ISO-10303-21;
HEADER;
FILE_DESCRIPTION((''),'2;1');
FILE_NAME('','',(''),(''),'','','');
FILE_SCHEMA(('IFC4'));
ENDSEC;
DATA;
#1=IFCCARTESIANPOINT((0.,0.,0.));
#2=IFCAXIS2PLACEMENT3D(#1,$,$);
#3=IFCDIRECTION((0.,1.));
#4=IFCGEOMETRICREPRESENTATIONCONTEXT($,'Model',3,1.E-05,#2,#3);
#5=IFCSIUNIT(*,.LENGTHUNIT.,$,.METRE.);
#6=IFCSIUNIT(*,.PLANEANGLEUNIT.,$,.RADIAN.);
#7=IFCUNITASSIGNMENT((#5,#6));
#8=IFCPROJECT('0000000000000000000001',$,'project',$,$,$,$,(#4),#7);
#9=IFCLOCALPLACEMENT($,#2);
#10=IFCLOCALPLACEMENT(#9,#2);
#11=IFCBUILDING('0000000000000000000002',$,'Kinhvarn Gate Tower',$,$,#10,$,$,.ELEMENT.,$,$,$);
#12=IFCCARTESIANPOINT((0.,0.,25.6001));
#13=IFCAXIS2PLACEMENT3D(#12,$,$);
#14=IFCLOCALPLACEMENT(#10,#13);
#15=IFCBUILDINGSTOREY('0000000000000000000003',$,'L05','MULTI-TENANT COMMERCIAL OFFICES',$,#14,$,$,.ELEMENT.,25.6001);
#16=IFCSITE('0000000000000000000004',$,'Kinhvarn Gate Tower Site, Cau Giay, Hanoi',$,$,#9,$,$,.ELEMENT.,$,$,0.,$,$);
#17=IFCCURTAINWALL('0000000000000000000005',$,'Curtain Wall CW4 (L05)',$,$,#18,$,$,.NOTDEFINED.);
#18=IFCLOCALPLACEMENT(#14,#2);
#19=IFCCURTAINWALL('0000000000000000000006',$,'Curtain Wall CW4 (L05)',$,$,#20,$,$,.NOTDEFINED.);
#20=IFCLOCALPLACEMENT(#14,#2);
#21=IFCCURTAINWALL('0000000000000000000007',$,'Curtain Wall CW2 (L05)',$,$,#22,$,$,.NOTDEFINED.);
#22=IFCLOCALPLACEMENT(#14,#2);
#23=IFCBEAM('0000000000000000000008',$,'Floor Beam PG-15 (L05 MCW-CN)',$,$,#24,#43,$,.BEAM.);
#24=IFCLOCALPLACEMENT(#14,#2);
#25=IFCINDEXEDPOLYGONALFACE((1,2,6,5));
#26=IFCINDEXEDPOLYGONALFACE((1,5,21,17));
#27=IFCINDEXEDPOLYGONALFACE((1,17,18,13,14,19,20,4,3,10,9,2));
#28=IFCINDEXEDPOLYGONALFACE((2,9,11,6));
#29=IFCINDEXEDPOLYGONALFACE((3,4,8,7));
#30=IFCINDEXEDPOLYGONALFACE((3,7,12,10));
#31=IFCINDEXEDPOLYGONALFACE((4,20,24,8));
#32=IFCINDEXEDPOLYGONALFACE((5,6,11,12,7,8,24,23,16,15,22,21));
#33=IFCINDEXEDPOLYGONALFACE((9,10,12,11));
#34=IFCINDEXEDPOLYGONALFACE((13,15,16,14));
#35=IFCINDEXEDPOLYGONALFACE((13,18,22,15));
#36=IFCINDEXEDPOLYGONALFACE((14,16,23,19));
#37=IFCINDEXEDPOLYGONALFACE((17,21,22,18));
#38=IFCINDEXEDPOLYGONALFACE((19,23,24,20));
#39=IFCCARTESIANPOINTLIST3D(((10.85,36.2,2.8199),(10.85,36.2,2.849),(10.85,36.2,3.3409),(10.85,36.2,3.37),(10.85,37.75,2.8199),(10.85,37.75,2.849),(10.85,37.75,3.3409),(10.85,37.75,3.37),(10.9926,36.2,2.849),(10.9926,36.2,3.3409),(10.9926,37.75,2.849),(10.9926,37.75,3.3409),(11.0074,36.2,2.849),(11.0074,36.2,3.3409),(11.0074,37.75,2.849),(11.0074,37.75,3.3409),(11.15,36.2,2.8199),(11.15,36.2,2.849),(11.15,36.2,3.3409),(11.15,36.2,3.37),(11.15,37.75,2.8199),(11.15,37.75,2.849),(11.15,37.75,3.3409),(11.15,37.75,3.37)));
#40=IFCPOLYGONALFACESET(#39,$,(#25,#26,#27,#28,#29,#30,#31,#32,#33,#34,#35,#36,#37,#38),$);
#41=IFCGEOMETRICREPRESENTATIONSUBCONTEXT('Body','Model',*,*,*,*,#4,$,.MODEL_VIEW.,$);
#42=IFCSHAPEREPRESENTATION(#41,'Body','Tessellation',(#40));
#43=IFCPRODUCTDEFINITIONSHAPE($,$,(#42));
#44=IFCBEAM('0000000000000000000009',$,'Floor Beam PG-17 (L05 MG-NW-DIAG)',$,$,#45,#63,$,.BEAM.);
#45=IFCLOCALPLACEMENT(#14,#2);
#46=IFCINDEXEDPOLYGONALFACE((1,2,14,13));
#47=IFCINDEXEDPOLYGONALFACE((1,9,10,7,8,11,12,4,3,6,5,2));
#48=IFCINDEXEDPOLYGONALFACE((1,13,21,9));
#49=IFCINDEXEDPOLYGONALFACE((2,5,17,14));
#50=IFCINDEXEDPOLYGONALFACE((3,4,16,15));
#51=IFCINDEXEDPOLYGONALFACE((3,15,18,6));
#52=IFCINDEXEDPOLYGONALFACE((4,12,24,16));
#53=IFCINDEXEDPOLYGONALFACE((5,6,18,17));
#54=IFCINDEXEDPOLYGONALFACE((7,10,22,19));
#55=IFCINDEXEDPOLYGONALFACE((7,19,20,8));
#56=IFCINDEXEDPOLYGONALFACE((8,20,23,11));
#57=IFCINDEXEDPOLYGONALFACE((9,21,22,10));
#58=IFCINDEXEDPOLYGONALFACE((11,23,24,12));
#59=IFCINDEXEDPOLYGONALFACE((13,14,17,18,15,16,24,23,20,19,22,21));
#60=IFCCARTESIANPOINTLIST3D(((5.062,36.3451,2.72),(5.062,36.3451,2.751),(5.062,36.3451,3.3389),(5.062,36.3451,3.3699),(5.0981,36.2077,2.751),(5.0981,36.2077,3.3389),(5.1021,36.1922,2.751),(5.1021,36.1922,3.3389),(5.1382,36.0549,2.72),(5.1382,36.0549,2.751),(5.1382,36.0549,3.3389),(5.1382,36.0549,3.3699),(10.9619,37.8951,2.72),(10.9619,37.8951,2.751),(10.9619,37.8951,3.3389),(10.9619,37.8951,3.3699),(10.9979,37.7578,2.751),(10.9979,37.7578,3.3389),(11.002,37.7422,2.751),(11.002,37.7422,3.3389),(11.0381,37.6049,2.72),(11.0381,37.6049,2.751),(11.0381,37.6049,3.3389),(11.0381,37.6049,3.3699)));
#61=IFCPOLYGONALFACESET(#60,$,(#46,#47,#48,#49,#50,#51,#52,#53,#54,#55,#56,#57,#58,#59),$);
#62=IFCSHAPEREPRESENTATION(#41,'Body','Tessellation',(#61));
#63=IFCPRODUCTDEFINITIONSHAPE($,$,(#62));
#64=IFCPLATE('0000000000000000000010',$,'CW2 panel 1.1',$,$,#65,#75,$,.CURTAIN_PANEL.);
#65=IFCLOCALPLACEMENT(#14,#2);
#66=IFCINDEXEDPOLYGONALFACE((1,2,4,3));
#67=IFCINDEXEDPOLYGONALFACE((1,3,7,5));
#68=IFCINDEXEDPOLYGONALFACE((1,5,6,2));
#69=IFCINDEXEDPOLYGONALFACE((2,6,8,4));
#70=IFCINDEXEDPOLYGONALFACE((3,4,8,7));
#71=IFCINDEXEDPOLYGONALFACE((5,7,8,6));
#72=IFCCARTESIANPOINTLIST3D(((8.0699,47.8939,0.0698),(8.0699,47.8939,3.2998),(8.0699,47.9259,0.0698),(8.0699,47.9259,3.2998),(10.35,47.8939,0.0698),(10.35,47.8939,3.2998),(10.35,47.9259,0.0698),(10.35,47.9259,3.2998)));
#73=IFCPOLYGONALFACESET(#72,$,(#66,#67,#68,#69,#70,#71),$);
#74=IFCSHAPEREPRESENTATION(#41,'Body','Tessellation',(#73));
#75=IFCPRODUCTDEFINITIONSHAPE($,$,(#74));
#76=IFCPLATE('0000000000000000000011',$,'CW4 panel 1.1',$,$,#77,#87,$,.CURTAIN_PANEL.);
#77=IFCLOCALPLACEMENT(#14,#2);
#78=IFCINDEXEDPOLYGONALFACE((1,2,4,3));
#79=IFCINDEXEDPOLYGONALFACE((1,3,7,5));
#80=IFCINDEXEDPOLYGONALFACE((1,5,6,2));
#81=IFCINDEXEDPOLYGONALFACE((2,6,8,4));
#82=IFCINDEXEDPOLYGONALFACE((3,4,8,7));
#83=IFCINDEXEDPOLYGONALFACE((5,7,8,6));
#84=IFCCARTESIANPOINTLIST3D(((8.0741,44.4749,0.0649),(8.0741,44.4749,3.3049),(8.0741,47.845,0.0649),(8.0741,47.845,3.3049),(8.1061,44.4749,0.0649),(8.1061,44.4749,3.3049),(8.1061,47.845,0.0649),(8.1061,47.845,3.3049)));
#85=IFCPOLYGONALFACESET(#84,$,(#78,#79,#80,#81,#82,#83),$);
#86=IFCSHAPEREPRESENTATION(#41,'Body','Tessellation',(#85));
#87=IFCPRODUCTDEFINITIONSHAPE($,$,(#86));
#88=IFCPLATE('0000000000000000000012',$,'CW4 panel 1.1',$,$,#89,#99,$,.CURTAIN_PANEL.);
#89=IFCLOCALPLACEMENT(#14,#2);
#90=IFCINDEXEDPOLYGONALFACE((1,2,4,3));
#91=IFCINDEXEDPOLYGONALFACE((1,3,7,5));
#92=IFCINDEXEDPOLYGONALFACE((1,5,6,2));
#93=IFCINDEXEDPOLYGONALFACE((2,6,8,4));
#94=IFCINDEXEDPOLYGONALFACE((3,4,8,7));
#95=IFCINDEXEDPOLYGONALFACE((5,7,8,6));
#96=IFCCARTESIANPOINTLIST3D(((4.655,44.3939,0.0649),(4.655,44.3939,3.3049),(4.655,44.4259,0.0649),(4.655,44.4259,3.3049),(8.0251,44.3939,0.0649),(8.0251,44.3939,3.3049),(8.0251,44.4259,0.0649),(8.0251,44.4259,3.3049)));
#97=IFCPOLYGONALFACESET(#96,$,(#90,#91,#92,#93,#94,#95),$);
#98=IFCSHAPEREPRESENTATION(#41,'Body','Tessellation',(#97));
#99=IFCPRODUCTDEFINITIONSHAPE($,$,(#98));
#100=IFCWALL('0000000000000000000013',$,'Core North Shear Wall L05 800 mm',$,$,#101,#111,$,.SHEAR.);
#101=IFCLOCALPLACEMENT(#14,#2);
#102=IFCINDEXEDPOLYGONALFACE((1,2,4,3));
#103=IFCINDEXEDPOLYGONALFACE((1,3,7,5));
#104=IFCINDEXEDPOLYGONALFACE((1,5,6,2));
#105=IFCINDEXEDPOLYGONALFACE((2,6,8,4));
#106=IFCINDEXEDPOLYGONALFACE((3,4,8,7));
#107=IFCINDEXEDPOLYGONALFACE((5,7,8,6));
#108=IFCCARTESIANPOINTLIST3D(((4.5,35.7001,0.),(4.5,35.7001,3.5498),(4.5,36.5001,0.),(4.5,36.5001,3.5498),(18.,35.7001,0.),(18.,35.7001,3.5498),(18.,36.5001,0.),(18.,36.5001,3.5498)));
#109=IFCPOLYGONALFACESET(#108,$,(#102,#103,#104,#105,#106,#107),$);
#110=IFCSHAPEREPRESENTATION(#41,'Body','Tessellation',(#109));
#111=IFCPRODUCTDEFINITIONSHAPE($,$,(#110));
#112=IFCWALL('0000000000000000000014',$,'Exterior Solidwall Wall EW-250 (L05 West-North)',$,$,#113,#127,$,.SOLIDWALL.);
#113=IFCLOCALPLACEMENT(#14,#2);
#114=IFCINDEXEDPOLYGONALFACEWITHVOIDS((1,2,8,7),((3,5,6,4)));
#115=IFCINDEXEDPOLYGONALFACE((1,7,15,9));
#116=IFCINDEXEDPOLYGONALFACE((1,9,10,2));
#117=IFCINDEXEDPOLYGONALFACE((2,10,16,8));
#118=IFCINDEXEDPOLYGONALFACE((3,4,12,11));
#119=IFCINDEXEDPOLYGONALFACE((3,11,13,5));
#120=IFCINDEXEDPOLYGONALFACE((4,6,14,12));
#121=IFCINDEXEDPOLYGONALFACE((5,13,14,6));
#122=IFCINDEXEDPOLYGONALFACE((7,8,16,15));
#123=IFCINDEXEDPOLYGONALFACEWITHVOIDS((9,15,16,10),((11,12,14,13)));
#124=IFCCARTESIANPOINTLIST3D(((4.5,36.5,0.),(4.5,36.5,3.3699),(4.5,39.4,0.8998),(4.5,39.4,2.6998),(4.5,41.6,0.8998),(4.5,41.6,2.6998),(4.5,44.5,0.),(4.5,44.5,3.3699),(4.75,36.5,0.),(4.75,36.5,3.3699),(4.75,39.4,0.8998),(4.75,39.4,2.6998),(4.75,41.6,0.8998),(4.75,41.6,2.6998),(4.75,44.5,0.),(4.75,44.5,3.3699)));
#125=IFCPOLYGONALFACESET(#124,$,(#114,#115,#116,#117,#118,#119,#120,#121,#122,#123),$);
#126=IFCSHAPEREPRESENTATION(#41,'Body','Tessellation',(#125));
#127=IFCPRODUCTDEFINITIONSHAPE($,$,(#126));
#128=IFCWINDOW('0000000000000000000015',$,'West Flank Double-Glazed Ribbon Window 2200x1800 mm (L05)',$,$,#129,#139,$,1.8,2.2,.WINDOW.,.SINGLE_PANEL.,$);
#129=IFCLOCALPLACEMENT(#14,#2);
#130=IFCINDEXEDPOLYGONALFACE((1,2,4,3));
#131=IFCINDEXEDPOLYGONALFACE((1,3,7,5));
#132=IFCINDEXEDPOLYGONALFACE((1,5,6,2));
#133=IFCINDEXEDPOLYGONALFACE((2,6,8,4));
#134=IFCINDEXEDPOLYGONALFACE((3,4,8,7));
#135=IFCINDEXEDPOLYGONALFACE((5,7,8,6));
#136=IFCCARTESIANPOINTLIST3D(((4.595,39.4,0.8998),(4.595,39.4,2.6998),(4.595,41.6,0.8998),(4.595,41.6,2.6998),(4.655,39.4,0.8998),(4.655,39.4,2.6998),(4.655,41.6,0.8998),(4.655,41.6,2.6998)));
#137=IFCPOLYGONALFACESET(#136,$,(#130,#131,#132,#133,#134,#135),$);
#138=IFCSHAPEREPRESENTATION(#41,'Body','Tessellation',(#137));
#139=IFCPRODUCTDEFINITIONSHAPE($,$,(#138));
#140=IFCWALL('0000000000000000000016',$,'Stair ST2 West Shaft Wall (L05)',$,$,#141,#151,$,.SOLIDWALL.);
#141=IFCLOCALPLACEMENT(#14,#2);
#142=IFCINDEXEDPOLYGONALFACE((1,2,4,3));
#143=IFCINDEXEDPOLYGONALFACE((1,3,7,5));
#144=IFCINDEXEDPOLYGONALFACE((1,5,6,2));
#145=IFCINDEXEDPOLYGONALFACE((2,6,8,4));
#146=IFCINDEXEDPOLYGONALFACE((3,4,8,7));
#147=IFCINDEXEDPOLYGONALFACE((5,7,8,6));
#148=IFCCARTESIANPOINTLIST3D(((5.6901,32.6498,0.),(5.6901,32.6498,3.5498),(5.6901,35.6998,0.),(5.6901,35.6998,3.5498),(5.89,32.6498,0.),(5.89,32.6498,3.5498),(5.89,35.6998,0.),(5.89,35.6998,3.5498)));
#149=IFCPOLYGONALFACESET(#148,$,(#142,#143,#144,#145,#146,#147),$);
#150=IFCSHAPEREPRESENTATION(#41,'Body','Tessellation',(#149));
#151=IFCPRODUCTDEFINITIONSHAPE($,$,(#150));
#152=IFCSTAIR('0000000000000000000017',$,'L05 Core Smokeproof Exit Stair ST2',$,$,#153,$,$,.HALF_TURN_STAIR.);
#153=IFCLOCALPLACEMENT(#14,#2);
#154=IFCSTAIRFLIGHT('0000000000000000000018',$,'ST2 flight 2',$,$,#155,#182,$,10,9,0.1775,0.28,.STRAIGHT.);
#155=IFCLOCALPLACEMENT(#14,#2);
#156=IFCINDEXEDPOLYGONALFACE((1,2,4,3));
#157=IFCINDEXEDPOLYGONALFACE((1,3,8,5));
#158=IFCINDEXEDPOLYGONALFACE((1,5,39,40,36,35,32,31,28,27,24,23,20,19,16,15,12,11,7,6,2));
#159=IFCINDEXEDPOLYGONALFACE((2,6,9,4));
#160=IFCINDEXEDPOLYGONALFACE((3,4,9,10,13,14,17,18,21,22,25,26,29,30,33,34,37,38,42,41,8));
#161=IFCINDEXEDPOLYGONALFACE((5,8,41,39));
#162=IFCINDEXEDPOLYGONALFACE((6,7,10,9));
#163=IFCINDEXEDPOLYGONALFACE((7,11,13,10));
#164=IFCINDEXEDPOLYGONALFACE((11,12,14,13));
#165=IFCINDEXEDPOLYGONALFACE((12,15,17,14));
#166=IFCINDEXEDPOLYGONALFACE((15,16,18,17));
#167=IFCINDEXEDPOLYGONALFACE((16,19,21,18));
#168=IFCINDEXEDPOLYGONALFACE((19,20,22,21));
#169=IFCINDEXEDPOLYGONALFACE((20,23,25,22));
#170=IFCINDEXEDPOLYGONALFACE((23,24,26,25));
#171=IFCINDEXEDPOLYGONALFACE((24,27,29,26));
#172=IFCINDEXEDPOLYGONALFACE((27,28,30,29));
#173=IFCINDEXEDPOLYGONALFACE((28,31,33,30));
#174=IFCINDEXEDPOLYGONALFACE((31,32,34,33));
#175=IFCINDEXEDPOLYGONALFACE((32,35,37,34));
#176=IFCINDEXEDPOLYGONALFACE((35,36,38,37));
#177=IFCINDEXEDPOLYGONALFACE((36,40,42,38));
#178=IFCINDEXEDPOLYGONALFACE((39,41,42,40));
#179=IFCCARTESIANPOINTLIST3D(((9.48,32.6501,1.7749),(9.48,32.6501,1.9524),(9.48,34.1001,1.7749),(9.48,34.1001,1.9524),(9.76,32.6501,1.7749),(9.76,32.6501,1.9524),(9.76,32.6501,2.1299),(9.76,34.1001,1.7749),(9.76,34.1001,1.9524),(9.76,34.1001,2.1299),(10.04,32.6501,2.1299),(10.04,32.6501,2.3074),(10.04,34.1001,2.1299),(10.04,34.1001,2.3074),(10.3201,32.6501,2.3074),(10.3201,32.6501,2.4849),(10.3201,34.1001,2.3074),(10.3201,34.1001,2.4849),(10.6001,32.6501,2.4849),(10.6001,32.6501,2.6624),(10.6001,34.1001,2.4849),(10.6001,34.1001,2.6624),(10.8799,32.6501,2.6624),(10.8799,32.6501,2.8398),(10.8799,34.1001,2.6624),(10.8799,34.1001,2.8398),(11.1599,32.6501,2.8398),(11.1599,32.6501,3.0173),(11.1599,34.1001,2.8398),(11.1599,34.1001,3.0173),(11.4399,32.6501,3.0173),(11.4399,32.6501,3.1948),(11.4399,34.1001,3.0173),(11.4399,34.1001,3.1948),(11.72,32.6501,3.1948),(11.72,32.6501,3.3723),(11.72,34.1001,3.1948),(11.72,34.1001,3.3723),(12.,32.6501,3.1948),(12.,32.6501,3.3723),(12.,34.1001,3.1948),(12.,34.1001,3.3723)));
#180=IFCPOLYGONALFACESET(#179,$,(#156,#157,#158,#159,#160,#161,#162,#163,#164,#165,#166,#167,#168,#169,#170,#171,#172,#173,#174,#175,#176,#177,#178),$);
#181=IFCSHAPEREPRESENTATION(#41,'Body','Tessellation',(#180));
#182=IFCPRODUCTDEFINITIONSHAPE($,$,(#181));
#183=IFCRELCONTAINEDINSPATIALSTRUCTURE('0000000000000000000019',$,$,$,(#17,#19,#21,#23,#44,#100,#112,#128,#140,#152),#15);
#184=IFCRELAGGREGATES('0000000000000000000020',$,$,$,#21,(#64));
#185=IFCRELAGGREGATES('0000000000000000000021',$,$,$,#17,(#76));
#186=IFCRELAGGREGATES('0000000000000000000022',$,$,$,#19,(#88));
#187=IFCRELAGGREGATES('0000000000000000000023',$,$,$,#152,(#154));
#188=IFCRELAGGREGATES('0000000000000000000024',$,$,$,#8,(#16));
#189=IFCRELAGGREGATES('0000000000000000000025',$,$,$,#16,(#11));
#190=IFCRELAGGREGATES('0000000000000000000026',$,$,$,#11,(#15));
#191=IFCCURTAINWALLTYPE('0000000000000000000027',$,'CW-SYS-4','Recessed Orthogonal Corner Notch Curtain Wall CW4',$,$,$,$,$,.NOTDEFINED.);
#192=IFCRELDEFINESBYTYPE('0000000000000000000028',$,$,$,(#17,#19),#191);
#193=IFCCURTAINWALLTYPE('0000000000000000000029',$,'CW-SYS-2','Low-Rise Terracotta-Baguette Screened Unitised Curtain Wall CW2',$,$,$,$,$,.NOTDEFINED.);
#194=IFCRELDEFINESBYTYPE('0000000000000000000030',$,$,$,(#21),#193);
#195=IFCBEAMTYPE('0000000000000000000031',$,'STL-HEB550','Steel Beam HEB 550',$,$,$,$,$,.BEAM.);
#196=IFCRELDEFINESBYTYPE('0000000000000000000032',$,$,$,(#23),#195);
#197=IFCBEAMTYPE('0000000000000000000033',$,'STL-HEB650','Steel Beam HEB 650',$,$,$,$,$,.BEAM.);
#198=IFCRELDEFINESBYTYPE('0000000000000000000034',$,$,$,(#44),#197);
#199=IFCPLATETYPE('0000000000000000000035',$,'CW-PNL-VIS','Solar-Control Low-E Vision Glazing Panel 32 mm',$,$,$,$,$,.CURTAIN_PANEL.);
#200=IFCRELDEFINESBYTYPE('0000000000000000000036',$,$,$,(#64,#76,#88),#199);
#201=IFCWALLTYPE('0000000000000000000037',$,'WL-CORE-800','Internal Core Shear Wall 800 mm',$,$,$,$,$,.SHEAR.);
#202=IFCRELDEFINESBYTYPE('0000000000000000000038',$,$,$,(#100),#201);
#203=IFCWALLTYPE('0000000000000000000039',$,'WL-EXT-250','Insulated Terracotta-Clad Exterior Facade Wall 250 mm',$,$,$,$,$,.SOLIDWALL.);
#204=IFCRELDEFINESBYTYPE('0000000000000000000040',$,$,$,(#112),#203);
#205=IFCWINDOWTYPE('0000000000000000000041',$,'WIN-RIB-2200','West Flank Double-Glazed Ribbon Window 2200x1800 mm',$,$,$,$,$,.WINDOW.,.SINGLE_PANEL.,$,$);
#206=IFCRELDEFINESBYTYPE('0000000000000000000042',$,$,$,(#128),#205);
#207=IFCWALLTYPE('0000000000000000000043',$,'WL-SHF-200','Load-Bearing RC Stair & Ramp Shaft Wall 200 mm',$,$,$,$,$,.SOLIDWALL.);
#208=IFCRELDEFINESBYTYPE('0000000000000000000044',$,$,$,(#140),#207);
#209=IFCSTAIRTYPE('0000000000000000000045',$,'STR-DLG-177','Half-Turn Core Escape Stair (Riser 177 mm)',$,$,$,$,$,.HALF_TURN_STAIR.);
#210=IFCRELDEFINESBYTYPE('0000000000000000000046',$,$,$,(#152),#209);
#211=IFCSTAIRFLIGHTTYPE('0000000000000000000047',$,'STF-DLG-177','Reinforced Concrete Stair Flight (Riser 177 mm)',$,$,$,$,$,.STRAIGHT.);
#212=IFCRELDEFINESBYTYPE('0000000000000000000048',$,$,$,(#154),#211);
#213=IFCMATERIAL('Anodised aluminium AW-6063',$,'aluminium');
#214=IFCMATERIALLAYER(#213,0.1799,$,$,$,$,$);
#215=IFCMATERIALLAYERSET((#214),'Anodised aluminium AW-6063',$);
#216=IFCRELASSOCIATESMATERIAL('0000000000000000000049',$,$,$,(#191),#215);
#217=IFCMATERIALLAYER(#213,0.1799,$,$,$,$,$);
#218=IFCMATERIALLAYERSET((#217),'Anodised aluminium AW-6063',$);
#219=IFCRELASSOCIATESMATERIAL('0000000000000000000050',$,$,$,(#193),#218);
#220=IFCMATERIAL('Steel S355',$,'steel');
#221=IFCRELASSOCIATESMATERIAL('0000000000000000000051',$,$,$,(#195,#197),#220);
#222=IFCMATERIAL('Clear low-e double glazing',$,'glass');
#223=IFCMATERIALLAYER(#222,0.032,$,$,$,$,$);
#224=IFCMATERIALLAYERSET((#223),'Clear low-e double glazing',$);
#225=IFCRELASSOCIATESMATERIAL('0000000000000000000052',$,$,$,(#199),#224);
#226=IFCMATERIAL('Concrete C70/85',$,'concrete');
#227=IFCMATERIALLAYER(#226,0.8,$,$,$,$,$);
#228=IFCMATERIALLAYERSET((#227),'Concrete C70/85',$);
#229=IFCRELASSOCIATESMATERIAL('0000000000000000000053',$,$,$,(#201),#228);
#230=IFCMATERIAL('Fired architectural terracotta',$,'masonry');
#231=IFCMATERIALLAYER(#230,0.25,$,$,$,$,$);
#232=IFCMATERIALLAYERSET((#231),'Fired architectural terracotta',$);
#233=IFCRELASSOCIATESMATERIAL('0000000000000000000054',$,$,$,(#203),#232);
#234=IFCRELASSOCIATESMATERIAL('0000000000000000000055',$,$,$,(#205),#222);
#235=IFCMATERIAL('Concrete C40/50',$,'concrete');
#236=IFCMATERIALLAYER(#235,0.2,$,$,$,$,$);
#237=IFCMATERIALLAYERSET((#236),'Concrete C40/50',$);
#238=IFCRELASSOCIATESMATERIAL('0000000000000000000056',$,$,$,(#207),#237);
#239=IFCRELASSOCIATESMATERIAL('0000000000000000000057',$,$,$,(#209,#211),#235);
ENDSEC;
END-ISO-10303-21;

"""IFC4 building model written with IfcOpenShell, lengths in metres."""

from ifc_helpers import new_model, si_unit, direction, frame, frame_2d, origin, origin_2d, place, context, subcontext, project, spatial, polyline, rectangle, i_section, outline, extrude, material, layer, layer_set, material_profile, profile_set, type_object, element, fill, aggregate, save


model = new_model("IFC4")

# Units and contexts
model_context = context("Model", 3, precision=1e-05, world=origin(), true_north=direction((0.0, 1.0)))
body_context = subcontext(model_context, "Body", "Model", "MODEL_VIEW")
ifc_project = project(units=[si_unit("LENGTHUNIT", "METRE"), si_unit("PLANEANGLEUNIT", "RADIAN")], contexts=[model_context])

# Site, building, storey
site_placement = place(None, origin())
site = spatial("IfcSite", under=ifc_project, at=site_placement, Name="Kinhvarn Gate Tower Site, Cau Giay, Hanoi", CompositionType="ELEMENT", RefElevation=0.0)
building_placement = place(site_placement, origin())
building = spatial("IfcBuilding", under=site, at=building_placement, Name="Kinhvarn Gate Tower", CompositionType="ELEMENT")
storey_placement = place(building_placement, frame((0.0, 0.0, 25.6001)))
storey = spatial("IfcBuildingStorey", under=building, at=storey_placement, Name="L05", Description="MULTI-TENANT COMMERCIAL OFFICES", CompositionType="ELEMENT", Elevation=25.6001)

# Shared definitions
ifc_material_1 = material(Name="Concrete C70/85", Category="concrete")

# Curtain walls
ifc_material_2 = material(Name="Anodised aluminium AW-6063", Category="aluminium")
ifc_layer_1 = layer(ifc_material_2, 0.1799)
ifc_layer_set_1 = layer_set([ifc_layer_1], Name="Anodised aluminium AW-6063")
curtain_wall_type_1 = type_object("IfcCurtainWallType", Name="CW-SYS-4", Description="Recessed Orthogonal Corner Notch Curtain Wall CW4", PredefinedType="NOTDEFINED", material=ifc_layer_set_1)
curtain_wall_1_placement = place(storey_placement, origin())
curtain_wall_1 = element("IfcCurtainWall", 1, at=curtain_wall_1_placement, inside=storey, type_object=curtain_wall_type_1, Name="Curtain Wall CW4 (L05)", PredefinedType="NOTDEFINED")
curtain_wall_2_placement = place(storey_placement, origin())
curtain_wall_2 = element("IfcCurtainWall", 2, at=curtain_wall_2_placement, inside=storey, type_object=curtain_wall_type_1, Name="Curtain Wall CW4 (L05)", PredefinedType="NOTDEFINED")
ifc_layer_2 = layer(ifc_material_2, 0.1799)
ifc_layer_set_2 = layer_set([ifc_layer_2], Name="Anodised aluminium AW-6063")
curtain_wall_type_2 = type_object("IfcCurtainWallType", Name="CW-SYS-2", Description="Low-Rise Terracotta-Baguette Screened Unitised Curtain Wall CW2", PredefinedType="NOTDEFINED", material=ifc_layer_set_2)
curtain_wall_3_placement = place(storey_placement, origin())
curtain_wall_3 = element("IfcCurtainWall", 3, at=curtain_wall_3_placement, inside=storey, type_object=curtain_wall_type_2, Name="Curtain Wall CW2 (L05)", PredefinedType="NOTDEFINED")

# Beams
ifc_material_3 = material(Name="Steel S355", Category="steel")
ifc_material_profile_1 = material_profile(ifc_material_3, i_section(OverallWidth=0.3, OverallDepth=0.55, WebThickness=0.0149, FlangeThickness=0.0291, at=origin_2d()), Name="HEB 550")
ifc_profile_set_1 = profile_set([ifc_material_profile_1], Name="Steel S355")
beam_type_1 = type_object("IfcBeamType", Name="STL-HEB550", Description="Steel Beam HEB 550", PredefinedType="BEAM", material=ifc_profile_set_1)
beam_1_placement = place(storey_placement, frame((11.0, 36.2, 3.095), z_axis=(0.0, 1.0, 0.0), x_axis=(-1.0, 0.0, 0.0)))
element("IfcBeam", 4, at=beam_1_placement, inside=storey, type_object=beam_type_1, Name="Floor Beam PG-15 (L05 MCW-CN)", PredefinedType="BEAM", context=body_context, shape_type="SweptSolid", body=[
    extrude(i_section(OverallWidth=0.3, OverallDepth=0.55, WebThickness=0.0149, FlangeThickness=0.0291, at=origin_2d()), origin(), (0.0, 0.0, 1.0), 1.55),
])
ifc_material_profile_2 = material_profile(ifc_material_3, i_section(OverallWidth=0.3, OverallDepth=0.6499, WebThickness=0.0161, FlangeThickness=0.031, at=origin_2d()), Name="HEB 650")
ifc_profile_set_2 = profile_set([ifc_material_profile_2], Name="Steel S355")
beam_type_2 = type_object("IfcBeamType", Name="STL-HEB650", Description="Steel Beam HEB 650", PredefinedType="BEAM", material=ifc_profile_set_2)
beam_2_placement = place(storey_placement, frame((5.1001, 36.2, 3.0449), z_axis=(0.967178, 0.254101, 0.0), x_axis=(-0.254101, 0.967178, 0.0)))
element("IfcBeam", 5, at=beam_2_placement, inside=storey, type_object=beam_type_2, Name="Floor Beam PG-17 (L05 MG-NW-DIAG)", PredefinedType="BEAM", context=body_context, shape_type="SweptSolid", body=[
    extrude(i_section(OverallWidth=0.3, OverallDepth=0.6499, WebThickness=0.0161, FlangeThickness=0.031, at=origin_2d()), origin(), (0.0, 0.0, 1.0), 6.1001),
])

# Plates
ifc_material_4 = material(Name="Clear low-e double glazing", Category="glass")
ifc_layer_3 = layer(ifc_material_4, 0.032)
ifc_layer_set_3 = layer_set([ifc_layer_3], Name="Clear low-e double glazing")
plate_type = type_object("IfcPlateType", Name="CW-PNL-VIS", Description="Solar-Control Low-E Vision Glazing Panel 32 mm", PredefinedType="CURTAIN_PANEL", material=ifc_layer_set_3)
plate_1_placement = place(storey_placement, frame((9.21, 47.9099, 0.0698), z_axis=(0.0, 0.0, 1.0), x_axis=(-1.0, 0.0, 0.0)))
plate_1 = element("IfcPlate", 6, at=plate_1_placement, type_object=plate_type, Name="CW2 panel 1.1", PredefinedType="CURTAIN_PANEL", context=body_context, shape_type="SweptSolid", body=[
    extrude(rectangle(XDim=2.28, YDim=0.032, at=origin_2d()), origin(), (0.0, 0.0, 1.0), 3.23),
])
aggregate(curtain_wall_3, [plate_1])
plate_2_placement = place(storey_placement, frame((8.0901, 46.1599, 0.0649), z_axis=(0.0, 0.0, 1.0), x_axis=(0.0, -1.0, 0.0)))
plate_2 = element("IfcPlate", 7, at=plate_2_placement, type_object=plate_type, Name="CW4 panel 1.1", PredefinedType="CURTAIN_PANEL", context=body_context, shape_type="SweptSolid", body=[
    extrude(rectangle(XDim=3.3701, YDim=0.032, at=origin_2d()), origin(), (0.0, 0.0, 1.0), 3.24),
])
aggregate(curtain_wall_1, [plate_2])
plate_3_placement = place(storey_placement, frame((6.3401, 44.4099, 0.0649), z_axis=(0.0, 0.0, 1.0), x_axis=(-1.0, 0.0, 0.0)))
plate_3 = element("IfcPlate", 8, at=plate_3_placement, type_object=plate_type, Name="CW4 panel 1.1", PredefinedType="CURTAIN_PANEL", context=body_context, shape_type="SweptSolid", body=[
    extrude(rectangle(XDim=3.3701, YDim=0.032, at=origin_2d()), origin(), (0.0, 0.0, 1.0), 3.24),
])
aggregate(curtain_wall_2, [plate_3])

# Wall
ifc_layer_4 = layer(ifc_material_1, 0.8)
ifc_layer_set_4 = layer_set([ifc_layer_4], Name="Concrete C70/85")
wall_type_1 = type_object("IfcWallType", Name="WL-CORE-800", Description="Internal Core Shear Wall 800 mm", PredefinedType="SHEAR", material=ifc_layer_set_4)
wall_1_placement = place(storey_placement, frame((4.5, 36.1001, 0.0), z_axis=(0.0, 0.0, 1.0), x_axis=(1.0, 0.0, 0.0)))
element("IfcWall", 9, at=wall_1_placement, inside=storey, type_object=wall_type_1, Name="Core North Shear Wall L05 800 mm", PredefinedType="SHEAR", context=body_context, shape_type="SweptSolid", body=[
    extrude(rectangle(XDim=13.5, YDim=0.8, at=frame_2d((6.75, 0.0))), origin(), (0.0, 0.0, 1.0), 3.5498),
])

# Wall, opening, window
ifc_material_5 = material(Name="Fired architectural terracotta", Category="masonry")
ifc_layer_5 = layer(ifc_material_5, 0.25)
ifc_layer_set_5 = layer_set([ifc_layer_5], Name="Fired architectural terracotta")
wall_type_2 = type_object("IfcWallType", Name="WL-EXT-250", Description="Insulated Terracotta-Clad Exterior Facade Wall 250 mm", PredefinedType="SOLIDWALL", material=ifc_layer_set_5)
wall_2_placement = place(storey_placement, frame((4.625, 44.5, 0.0), z_axis=(0.0, 0.0, 1.0), x_axis=(0.0, -1.0, 0.0)))
wall_2 = element("IfcWall", 10, at=wall_2_placement, inside=storey, type_object=wall_type_2, Name="Exterior Solidwall Wall EW-250 (L05 West-North)", PredefinedType="SOLIDWALL", context=body_context, shape_type="SweptSolid", body=[
    extrude(rectangle(XDim=8.0, YDim=0.25, at=frame_2d((4.0, 0.0))), origin(), (0.0, 0.0, 1.0), 3.3699),
])
opening_placement = place(wall_2_placement, frame((2.8999, 0.0, 0.8999)))
opening = element("IfcOpeningElement", 11, at=opening_placement, cuts=wall_2, PredefinedType="OPENING", context=body_context, shape_type="SweptSolid", body=[
    extrude(rectangle(XDim=2.2, YDim=1.8, at=frame_2d((1.1001, 0.8999))), frame((0.0, 0.135, 0.0), z_axis=(0.0, -1.0, 0.0), x_axis=(1.0, 0.0, 0.0)), (0.0, 0.0, 1.0), 0.27),
])
window_type = type_object("IfcWindowType", Name="WIN-RIB-2200", Description="West Flank Double-Glazed Ribbon Window 2200x1800 mm", PartitioningType="SINGLE_PANEL", PredefinedType="WINDOW", material=ifc_material_4)
window_placement = place(opening_placement, origin())
window = element("IfcWindow", 12, at=window_placement, inside=storey, type_object=window_type, Name="West Flank Double-Glazed Ribbon Window 2200x1800 mm (L05)", OverallHeight=1.8, OverallWidth=2.2, PartitioningType="SINGLE_PANEL", PredefinedType="WINDOW", context=body_context, shape_type="SweptSolid", body=[
    extrude(rectangle(XDim=2.2, YDim=1.8, at=frame_2d((1.1001, 0.8999))), frame((0.0, 0.03, 0.0), z_axis=(0.0, -1.0, 0.0), x_axis=(1.0, 0.0, 0.0)), (0.0, 0.0, 1.0), 0.0601),
])
fill(opening, window)

# Wall
ifc_material_6 = material(Name="Concrete C40/50", Category="concrete")
ifc_layer_6 = layer(ifc_material_6, 0.2)
ifc_layer_set_6 = layer_set([ifc_layer_6], Name="Concrete C40/50")
wall_type_3 = type_object("IfcWallType", Name="WL-SHF-200", Description="Load-Bearing RC Stair & Ramp Shaft Wall 200 mm", PredefinedType="SOLIDWALL", material=ifc_layer_set_6)
wall_3_placement = place(storey_placement, frame((5.79, 32.6499, 0.0), z_axis=(0.0, 0.0, 1.0), x_axis=(0.0, 1.0, 0.0)))
element("IfcWall", 13, at=wall_3_placement, inside=storey, type_object=wall_type_3, Name="Stair ST2 West Shaft Wall (L05)", PredefinedType="SOLIDWALL", context=body_context, shape_type="SweptSolid", body=[
    extrude(rectangle(XDim=3.05, YDim=0.2, at=frame_2d((1.5249, 0.0))), origin(), (0.0, 0.0, 1.0), 3.5498),
])

# Stair, stair flight
stair_type = type_object("IfcStairType", Name="STR-DLG-177", Description="Half-Turn Core Escape Stair (Riser 177 mm)", PredefinedType="HALF_TURN_STAIR", material=ifc_material_6)
stair_placement = place(storey_placement, origin())
stair = element("IfcStair", 14, at=stair_placement, inside=storey, type_object=stair_type, Name="L05 Core Smokeproof Exit Stair ST2", PredefinedType="HALF_TURN_STAIR")
stair_flight_type = type_object("IfcStairFlightType", Name="STF-DLG-177", Description="Reinforced Concrete Stair Flight (Riser 177 mm)", PredefinedType="STRAIGHT", material=ifc_material_6)
stair_flight_placement = place(storey_placement, frame((9.48, 33.375, 1.7749), z_axis=(0.0, 0.0, 1.0), x_axis=(1.0, 0.0, 0.0)))
stair_flight = element("IfcStairFlight", 15, at=stair_flight_placement, type_object=stair_flight_type, Name="ST2 flight 2", NumberOfRisers=10, NumberOfTreads=9, PredefinedType="STRAIGHT", RiserHeight=0.1775, TreadLength=0.28, context=body_context, shape_type="SweptSolid", body=[
    extrude(outline(polyline([(0.0, 0.0), (0.0, 0.1775), (0.28, 0.1775), (0.28, 0.355), (0.5601, 0.355), (0.5601, 0.5325), (0.8401, 0.5325), (0.8401, 0.71), (1.1201, 0.71), (1.1201, 0.8875), (1.3999, 0.8875), (1.3999, 1.0649), (1.6799, 1.0649), (1.6799, 1.2424), (1.96, 1.2424), (1.96, 1.4199), (2.24, 1.4199), (2.24, 1.5974), (2.52, 1.5974), (2.52, 1.7749), (2.52, 1.4199), (0.28, 0.0), (0.0, 0.0)])), frame((0.0, 0.7251, 0.0), z_axis=(0.0, -1.0, 0.0), x_axis=(1.0, 0.0, 0.0)), (0.0, 0.0, 1.0), 1.45),
])
aggregate(stair, [stair_flight])

save(model, "model.ifc")
